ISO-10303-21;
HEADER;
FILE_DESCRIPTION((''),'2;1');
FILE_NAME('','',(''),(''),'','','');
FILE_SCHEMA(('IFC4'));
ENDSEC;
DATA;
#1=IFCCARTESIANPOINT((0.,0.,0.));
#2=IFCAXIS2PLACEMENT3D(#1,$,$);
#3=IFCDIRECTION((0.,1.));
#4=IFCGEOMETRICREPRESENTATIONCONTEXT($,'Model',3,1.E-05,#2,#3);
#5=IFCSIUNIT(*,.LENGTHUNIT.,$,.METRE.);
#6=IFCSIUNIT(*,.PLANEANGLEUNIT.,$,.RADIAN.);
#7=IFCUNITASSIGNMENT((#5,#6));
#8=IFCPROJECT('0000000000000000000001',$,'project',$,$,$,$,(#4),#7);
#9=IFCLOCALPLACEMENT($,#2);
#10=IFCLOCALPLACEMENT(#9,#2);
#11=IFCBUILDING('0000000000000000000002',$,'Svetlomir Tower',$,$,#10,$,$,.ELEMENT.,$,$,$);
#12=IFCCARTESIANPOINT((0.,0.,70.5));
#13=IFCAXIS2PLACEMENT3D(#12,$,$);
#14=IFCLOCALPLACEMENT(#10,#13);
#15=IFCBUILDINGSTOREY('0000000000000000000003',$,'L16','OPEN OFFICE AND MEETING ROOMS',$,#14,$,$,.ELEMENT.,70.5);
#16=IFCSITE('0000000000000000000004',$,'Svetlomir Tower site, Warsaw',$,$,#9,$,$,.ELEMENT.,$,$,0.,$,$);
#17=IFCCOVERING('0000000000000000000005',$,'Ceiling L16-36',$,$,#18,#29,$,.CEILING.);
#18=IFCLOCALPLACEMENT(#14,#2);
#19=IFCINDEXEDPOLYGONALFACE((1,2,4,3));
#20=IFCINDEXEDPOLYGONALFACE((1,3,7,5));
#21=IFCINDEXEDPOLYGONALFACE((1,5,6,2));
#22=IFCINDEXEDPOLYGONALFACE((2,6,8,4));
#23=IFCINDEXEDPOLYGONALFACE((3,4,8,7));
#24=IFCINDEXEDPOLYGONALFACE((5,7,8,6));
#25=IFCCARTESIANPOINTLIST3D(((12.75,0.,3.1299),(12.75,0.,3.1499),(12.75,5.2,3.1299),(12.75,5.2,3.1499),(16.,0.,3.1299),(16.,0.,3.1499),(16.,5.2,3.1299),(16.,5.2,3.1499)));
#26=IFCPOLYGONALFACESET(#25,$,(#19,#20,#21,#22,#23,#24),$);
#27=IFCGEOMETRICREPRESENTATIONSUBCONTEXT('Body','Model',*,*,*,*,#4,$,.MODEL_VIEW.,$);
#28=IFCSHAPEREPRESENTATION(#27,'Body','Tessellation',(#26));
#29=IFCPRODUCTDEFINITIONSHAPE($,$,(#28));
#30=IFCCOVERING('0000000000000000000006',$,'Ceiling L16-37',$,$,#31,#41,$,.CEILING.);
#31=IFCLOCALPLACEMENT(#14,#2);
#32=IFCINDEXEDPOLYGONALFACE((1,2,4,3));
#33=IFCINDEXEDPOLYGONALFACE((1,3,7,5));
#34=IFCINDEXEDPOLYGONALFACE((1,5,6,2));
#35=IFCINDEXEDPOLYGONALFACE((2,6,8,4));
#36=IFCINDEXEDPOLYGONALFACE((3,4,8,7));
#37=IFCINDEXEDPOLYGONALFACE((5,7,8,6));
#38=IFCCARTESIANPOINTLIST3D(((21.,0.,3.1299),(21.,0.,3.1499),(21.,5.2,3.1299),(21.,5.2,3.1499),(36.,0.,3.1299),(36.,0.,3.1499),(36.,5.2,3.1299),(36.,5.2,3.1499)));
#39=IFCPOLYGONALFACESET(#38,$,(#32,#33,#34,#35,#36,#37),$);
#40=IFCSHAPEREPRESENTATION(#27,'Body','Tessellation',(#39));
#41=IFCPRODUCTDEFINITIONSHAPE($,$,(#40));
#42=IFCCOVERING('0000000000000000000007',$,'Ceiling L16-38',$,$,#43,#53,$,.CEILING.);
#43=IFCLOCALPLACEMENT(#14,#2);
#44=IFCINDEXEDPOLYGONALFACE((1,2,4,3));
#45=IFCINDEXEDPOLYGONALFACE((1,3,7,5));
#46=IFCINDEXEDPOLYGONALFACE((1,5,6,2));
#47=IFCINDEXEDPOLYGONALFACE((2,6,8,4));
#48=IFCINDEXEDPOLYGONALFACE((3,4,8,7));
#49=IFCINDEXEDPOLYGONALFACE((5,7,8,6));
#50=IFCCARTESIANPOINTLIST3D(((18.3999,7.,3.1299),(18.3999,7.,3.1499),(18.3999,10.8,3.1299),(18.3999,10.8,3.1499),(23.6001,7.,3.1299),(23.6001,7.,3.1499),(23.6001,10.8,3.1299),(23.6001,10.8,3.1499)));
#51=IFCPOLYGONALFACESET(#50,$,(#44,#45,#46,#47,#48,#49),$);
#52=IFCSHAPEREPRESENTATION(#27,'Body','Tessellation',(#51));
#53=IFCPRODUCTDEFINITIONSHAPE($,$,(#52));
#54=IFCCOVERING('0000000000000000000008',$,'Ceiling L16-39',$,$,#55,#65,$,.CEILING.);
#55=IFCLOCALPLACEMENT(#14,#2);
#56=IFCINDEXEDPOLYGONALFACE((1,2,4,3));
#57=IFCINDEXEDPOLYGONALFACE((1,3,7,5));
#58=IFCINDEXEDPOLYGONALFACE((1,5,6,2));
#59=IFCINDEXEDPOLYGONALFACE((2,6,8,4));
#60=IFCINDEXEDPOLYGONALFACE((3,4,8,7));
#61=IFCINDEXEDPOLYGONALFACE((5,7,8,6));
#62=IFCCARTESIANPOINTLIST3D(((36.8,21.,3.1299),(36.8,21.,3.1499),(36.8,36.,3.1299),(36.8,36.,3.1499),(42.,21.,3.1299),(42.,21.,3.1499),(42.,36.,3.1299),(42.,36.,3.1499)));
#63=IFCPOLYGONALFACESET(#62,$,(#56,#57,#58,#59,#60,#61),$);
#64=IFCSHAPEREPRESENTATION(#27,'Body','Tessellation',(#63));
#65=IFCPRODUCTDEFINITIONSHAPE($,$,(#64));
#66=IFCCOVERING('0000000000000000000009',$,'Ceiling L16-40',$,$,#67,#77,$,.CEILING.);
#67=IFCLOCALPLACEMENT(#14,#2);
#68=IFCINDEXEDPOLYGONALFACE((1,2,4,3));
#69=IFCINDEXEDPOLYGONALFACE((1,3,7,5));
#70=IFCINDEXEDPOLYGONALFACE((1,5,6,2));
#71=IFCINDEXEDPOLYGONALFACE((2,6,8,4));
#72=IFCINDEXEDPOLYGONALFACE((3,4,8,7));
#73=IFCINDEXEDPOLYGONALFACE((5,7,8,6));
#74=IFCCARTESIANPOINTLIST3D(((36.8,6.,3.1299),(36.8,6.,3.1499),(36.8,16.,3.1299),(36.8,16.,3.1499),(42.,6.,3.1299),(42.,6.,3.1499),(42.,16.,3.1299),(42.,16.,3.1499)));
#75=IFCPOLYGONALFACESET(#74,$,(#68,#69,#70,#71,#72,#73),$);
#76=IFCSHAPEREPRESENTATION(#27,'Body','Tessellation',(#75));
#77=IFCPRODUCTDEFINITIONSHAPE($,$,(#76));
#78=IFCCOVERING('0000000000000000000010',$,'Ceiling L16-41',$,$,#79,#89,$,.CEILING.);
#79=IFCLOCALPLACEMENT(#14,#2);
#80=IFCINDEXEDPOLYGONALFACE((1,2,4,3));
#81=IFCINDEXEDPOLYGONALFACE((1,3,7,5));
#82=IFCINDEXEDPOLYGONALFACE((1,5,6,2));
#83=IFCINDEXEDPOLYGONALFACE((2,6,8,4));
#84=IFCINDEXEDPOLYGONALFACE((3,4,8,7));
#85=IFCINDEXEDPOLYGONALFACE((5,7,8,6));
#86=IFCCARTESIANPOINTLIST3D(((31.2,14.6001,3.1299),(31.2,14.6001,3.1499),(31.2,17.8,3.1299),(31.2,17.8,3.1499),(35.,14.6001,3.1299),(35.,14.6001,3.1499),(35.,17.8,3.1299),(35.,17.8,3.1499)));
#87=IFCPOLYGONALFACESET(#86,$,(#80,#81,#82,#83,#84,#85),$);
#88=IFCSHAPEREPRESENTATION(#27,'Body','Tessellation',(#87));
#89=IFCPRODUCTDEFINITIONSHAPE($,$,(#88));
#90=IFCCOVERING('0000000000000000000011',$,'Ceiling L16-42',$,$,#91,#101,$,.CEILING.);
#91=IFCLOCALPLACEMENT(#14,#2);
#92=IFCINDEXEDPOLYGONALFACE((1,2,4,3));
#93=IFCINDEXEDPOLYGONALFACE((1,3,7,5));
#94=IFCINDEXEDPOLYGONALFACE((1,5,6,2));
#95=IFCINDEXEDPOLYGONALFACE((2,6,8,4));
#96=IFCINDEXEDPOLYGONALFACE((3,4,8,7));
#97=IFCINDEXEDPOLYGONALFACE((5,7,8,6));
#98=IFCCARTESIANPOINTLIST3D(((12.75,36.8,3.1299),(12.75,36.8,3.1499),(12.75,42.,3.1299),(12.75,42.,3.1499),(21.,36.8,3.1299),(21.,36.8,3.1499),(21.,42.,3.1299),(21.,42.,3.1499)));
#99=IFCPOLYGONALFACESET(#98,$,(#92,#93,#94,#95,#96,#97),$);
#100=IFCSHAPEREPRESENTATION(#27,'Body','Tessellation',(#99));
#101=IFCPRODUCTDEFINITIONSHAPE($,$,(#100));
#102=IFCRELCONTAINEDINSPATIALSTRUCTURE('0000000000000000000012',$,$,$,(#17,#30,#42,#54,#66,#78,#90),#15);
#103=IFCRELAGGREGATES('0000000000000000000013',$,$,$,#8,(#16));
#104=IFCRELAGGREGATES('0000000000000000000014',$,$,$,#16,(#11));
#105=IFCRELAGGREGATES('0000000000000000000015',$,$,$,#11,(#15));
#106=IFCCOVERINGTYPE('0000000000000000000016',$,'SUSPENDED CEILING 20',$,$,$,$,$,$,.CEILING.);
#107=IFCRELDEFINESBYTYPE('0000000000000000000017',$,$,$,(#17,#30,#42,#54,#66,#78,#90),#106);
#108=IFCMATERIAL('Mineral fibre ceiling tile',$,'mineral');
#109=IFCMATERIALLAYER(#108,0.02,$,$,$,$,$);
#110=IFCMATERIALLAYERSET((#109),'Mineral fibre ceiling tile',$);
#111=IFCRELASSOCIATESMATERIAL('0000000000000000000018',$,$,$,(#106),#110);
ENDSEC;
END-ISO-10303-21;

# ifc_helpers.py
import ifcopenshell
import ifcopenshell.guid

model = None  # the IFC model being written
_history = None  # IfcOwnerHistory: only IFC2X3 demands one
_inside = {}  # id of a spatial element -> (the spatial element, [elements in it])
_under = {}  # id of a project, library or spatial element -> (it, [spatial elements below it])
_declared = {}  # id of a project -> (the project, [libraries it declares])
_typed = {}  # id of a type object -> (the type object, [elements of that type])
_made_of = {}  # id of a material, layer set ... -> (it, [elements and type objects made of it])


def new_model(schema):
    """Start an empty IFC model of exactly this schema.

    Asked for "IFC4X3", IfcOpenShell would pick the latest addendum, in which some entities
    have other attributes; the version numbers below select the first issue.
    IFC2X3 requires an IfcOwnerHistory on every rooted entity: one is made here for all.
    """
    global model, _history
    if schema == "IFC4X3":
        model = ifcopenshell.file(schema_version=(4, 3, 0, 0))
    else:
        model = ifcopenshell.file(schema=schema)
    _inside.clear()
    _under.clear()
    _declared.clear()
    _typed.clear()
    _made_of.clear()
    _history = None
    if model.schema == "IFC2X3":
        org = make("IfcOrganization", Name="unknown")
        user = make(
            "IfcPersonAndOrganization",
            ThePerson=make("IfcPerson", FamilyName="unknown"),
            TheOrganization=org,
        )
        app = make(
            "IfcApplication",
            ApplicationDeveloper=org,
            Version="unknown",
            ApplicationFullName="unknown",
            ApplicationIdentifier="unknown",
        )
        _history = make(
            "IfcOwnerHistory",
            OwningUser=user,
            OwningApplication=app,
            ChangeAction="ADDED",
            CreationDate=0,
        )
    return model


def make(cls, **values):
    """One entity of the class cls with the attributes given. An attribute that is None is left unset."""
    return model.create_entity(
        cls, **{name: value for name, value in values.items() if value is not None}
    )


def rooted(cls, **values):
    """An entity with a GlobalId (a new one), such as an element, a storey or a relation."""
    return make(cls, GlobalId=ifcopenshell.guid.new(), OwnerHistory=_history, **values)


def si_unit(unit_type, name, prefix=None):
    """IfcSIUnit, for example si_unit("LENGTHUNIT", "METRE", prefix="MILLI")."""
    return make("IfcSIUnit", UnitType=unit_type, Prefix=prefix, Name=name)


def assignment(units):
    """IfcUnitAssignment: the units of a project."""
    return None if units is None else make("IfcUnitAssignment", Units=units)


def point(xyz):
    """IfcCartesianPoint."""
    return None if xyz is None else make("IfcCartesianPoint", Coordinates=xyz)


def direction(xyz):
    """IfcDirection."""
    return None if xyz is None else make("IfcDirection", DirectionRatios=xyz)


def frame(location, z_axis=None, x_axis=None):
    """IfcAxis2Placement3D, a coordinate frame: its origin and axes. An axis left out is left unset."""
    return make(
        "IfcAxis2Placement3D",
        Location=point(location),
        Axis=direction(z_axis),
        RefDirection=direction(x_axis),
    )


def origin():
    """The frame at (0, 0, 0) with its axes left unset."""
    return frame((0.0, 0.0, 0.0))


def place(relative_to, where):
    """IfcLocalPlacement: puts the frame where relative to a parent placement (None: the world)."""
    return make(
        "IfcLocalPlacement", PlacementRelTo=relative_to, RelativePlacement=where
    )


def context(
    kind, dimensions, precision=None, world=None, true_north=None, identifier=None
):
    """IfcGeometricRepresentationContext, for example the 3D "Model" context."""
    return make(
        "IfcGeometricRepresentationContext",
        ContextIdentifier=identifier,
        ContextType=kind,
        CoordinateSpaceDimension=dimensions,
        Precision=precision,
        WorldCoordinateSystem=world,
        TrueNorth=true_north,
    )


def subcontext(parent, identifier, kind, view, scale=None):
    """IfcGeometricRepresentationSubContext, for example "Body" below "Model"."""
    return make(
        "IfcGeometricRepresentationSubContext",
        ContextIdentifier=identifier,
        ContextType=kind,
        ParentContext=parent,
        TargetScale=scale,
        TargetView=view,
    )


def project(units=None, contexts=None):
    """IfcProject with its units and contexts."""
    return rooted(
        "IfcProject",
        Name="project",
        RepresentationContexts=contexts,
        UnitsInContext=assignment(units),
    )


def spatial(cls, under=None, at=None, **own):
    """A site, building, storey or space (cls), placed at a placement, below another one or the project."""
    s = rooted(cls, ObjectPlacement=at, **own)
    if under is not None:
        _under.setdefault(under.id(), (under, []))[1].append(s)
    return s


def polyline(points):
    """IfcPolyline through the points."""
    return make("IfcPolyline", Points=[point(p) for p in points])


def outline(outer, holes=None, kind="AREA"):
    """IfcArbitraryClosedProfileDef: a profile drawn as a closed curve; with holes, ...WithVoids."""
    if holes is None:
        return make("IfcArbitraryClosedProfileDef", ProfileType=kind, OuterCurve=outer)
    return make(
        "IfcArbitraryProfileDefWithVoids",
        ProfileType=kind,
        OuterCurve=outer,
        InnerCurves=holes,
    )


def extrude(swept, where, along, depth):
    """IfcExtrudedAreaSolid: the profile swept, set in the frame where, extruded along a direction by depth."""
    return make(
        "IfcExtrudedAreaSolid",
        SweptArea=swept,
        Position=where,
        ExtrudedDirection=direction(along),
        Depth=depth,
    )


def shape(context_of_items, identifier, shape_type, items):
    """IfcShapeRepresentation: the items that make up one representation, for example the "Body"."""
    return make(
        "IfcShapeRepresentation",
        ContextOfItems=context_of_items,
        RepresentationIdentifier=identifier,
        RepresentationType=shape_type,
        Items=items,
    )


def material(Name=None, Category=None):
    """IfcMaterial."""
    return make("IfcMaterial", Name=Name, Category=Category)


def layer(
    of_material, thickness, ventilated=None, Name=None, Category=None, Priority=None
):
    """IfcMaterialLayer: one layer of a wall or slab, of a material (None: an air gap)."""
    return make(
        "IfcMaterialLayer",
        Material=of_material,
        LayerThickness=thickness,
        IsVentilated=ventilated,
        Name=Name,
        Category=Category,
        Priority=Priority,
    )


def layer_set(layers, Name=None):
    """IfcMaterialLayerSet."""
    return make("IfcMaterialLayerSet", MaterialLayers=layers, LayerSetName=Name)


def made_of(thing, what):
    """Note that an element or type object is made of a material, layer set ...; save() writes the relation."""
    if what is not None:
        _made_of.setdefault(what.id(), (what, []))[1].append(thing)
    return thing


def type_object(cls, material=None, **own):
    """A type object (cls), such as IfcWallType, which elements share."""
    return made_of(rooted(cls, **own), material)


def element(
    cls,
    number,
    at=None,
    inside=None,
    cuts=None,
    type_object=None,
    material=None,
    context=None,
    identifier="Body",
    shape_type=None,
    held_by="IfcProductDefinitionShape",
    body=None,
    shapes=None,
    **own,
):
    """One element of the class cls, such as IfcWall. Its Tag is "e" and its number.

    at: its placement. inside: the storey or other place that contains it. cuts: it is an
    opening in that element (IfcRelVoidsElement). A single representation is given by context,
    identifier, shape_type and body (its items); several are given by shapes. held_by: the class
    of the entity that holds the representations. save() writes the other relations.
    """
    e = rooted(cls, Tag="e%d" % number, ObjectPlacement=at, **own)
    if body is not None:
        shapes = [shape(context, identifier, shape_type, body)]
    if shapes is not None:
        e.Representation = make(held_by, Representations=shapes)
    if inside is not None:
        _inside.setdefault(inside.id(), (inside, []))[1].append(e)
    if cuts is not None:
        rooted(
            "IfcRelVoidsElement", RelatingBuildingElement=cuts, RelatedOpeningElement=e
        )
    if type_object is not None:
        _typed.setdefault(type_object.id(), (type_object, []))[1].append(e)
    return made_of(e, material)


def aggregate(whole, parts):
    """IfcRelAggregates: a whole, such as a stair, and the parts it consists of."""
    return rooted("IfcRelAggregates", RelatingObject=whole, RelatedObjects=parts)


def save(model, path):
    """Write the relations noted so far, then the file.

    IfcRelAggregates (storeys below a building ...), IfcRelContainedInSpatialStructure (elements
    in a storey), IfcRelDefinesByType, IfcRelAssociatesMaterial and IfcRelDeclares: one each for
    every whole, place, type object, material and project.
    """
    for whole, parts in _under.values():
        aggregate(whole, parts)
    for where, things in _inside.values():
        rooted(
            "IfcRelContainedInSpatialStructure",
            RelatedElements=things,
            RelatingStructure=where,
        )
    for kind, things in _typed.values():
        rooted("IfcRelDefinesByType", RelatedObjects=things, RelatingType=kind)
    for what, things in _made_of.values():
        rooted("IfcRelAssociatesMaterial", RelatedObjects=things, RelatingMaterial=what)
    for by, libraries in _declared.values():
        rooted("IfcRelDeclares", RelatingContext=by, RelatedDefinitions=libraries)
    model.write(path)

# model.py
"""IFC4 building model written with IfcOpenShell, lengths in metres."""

from ifc_helpers import new_model, si_unit, direction, frame, origin, place, context, subcontext, project, spatial, polyline, outline, extrude, material, layer, layer_set, type_object, element, save


model = new_model("IFC4")

# Units and contexts
model_context = context("Model", 3, precision=1e-05, world=origin(), true_north=direction((0.0, 1.0)))
body_context = subcontext(model_context, "Body", "Model", "MODEL_VIEW")
ifc_project = project(units=[si_unit("LENGTHUNIT", "METRE"), si_unit("PLANEANGLEUNIT", "RADIAN")], contexts=[model_context])

# Site, building, storey
site_placement = place(None, origin())
site = spatial("IfcSite", under=ifc_project, at=site_placement, Name="Svetlomir Tower site, Warsaw", CompositionType="ELEMENT", RefElevation=0.0)
building_placement = place(site_placement, origin())
building = spatial("IfcBuilding", under=site, at=building_placement, Name="Svetlomir Tower", CompositionType="ELEMENT")
storey_placement = place(building_placement, frame((0.0, 0.0, 70.5)))
storey = spatial("IfcBuildingStorey", under=building, at=storey_placement, Name="L16", Description="OPEN OFFICE AND MEETING ROOMS", CompositionType="ELEMENT", Elevation=70.5)

# Coverings
ifc_material_1 = material(Name="Mineral fibre ceiling tile", Category="mineral")
ifc_layer_1 = layer(ifc_material_1, 0.02)
ifc_layer_set_1 = layer_set([ifc_layer_1], Name="Mineral fibre ceiling tile")
covering_type_1 = type_object("IfcCoveringType", Name="SUSPENDED CEILING 20", PredefinedType="CEILING", material=ifc_layer_set_1)
covering_1_placement = place(storey_placement, frame((0.0, 0.0, 3.1299)))
element("IfcCovering", 1, at=covering_1_placement, inside=storey, type_object=covering_type_1, Name="Ceiling L16-36", PredefinedType="CEILING", context=body_context, shape_type="SweptSolid", body=[
    extrude(outline(polyline([(12.75, 5.2), (16.0, 5.2), (16.0, 0.0), (12.75, 0.0), (12.75, 5.2)])), origin(), (0.0, 0.0, 1.0), 0.02),
])
covering_2_placement = place(storey_placement, frame((0.0, 0.0, 3.1299)))
element("IfcCovering", 2, at=covering_2_placement, inside=storey, type_object=covering_type_1, Name="Ceiling L16-37", PredefinedType="CEILING", context=body_context, shape_type="SweptSolid", body=[
    extrude(outline(polyline([(21.0, 0.0), (21.0, 5.2), (36.0, 5.2), (36.0, 0.0), (21.0, 0.0)])), origin(), (0.0, 0.0, 1.0), 0.02),
])
covering_3_placement = place(storey_placement, frame((0.0, 0.0, 3.1299)))
element("IfcCovering", 3, at=covering_3_placement, inside=storey, type_object=covering_type_1, Name="Ceiling L16-38", PredefinedType="CEILING", context=body_context, shape_type="SweptSolid", body=[
    extrude(outline(polyline([(23.6001, 7.0), (18.3999, 7.0), (18.3999, 10.8), (23.6001, 10.8), (23.6001, 7.0)])), origin(), (0.0, 0.0, 1.0), 0.02),
])
covering_4_placement = place(storey_placement, frame((0.0, 0.0, 3.1299)))
element("IfcCovering", 4, at=covering_4_placement, inside=storey, type_object=covering_type_1, Name="Ceiling L16-39", PredefinedType="CEILING", context=body_context, shape_type="SweptSolid", body=[
    extrude(outline(polyline([(42.0, 21.0), (36.8, 21.0), (36.8, 36.0), (42.0, 36.0), (42.0, 21.0)])), origin(), (0.0, 0.0, 1.0), 0.02),
])
covering_5_placement = place(storey_placement, frame((0.0, 0.0, 3.1299)))
element("IfcCovering", 5, at=covering_5_placement, inside=storey, type_object=covering_type_1, Name="Ceiling L16-40", PredefinedType="CEILING", context=body_context, shape_type="SweptSolid", body=[
    extrude(outline(polyline([(42.0, 6.0), (36.8, 6.0), (36.8, 16.0), (42.0, 16.0), (42.0, 6.0)])), origin(), (0.0, 0.0, 1.0), 0.02),
])
covering_6_placement = place(storey_placement, frame((0.0, 0.0, 3.1299)))
element("IfcCovering", 6, at=covering_6_placement, inside=storey, type_object=covering_type_1, Name="Ceiling L16-41", PredefinedType="CEILING", context=body_context, shape_type="SweptSolid", body=[
    extrude(outline(polyline([(31.2, 14.6001), (31.2, 17.8), (35.0, 17.8), (35.0, 14.6001), (31.2, 14.6001)])), origin(), (0.0, 0.0, 1.0), 0.02),
])
covering_7_placement = place(storey_placement, frame((0.0, 0.0, 3.1299)))
element("IfcCovering", 7, at=covering_7_placement, inside=storey, type_object=covering_type_1, Name="Ceiling L16-42", PredefinedType="CEILING", context=body_context, shape_type="SweptSolid", body=[
    extrude(outline(polyline([(21.0, 42.0), (21.0, 36.8), (12.75, 36.8), (12.75, 42.0), (21.0, 42.0)])), origin(), (0.0, 0.0, 1.0), 0.02),
])

save(model, "model.ifc")
